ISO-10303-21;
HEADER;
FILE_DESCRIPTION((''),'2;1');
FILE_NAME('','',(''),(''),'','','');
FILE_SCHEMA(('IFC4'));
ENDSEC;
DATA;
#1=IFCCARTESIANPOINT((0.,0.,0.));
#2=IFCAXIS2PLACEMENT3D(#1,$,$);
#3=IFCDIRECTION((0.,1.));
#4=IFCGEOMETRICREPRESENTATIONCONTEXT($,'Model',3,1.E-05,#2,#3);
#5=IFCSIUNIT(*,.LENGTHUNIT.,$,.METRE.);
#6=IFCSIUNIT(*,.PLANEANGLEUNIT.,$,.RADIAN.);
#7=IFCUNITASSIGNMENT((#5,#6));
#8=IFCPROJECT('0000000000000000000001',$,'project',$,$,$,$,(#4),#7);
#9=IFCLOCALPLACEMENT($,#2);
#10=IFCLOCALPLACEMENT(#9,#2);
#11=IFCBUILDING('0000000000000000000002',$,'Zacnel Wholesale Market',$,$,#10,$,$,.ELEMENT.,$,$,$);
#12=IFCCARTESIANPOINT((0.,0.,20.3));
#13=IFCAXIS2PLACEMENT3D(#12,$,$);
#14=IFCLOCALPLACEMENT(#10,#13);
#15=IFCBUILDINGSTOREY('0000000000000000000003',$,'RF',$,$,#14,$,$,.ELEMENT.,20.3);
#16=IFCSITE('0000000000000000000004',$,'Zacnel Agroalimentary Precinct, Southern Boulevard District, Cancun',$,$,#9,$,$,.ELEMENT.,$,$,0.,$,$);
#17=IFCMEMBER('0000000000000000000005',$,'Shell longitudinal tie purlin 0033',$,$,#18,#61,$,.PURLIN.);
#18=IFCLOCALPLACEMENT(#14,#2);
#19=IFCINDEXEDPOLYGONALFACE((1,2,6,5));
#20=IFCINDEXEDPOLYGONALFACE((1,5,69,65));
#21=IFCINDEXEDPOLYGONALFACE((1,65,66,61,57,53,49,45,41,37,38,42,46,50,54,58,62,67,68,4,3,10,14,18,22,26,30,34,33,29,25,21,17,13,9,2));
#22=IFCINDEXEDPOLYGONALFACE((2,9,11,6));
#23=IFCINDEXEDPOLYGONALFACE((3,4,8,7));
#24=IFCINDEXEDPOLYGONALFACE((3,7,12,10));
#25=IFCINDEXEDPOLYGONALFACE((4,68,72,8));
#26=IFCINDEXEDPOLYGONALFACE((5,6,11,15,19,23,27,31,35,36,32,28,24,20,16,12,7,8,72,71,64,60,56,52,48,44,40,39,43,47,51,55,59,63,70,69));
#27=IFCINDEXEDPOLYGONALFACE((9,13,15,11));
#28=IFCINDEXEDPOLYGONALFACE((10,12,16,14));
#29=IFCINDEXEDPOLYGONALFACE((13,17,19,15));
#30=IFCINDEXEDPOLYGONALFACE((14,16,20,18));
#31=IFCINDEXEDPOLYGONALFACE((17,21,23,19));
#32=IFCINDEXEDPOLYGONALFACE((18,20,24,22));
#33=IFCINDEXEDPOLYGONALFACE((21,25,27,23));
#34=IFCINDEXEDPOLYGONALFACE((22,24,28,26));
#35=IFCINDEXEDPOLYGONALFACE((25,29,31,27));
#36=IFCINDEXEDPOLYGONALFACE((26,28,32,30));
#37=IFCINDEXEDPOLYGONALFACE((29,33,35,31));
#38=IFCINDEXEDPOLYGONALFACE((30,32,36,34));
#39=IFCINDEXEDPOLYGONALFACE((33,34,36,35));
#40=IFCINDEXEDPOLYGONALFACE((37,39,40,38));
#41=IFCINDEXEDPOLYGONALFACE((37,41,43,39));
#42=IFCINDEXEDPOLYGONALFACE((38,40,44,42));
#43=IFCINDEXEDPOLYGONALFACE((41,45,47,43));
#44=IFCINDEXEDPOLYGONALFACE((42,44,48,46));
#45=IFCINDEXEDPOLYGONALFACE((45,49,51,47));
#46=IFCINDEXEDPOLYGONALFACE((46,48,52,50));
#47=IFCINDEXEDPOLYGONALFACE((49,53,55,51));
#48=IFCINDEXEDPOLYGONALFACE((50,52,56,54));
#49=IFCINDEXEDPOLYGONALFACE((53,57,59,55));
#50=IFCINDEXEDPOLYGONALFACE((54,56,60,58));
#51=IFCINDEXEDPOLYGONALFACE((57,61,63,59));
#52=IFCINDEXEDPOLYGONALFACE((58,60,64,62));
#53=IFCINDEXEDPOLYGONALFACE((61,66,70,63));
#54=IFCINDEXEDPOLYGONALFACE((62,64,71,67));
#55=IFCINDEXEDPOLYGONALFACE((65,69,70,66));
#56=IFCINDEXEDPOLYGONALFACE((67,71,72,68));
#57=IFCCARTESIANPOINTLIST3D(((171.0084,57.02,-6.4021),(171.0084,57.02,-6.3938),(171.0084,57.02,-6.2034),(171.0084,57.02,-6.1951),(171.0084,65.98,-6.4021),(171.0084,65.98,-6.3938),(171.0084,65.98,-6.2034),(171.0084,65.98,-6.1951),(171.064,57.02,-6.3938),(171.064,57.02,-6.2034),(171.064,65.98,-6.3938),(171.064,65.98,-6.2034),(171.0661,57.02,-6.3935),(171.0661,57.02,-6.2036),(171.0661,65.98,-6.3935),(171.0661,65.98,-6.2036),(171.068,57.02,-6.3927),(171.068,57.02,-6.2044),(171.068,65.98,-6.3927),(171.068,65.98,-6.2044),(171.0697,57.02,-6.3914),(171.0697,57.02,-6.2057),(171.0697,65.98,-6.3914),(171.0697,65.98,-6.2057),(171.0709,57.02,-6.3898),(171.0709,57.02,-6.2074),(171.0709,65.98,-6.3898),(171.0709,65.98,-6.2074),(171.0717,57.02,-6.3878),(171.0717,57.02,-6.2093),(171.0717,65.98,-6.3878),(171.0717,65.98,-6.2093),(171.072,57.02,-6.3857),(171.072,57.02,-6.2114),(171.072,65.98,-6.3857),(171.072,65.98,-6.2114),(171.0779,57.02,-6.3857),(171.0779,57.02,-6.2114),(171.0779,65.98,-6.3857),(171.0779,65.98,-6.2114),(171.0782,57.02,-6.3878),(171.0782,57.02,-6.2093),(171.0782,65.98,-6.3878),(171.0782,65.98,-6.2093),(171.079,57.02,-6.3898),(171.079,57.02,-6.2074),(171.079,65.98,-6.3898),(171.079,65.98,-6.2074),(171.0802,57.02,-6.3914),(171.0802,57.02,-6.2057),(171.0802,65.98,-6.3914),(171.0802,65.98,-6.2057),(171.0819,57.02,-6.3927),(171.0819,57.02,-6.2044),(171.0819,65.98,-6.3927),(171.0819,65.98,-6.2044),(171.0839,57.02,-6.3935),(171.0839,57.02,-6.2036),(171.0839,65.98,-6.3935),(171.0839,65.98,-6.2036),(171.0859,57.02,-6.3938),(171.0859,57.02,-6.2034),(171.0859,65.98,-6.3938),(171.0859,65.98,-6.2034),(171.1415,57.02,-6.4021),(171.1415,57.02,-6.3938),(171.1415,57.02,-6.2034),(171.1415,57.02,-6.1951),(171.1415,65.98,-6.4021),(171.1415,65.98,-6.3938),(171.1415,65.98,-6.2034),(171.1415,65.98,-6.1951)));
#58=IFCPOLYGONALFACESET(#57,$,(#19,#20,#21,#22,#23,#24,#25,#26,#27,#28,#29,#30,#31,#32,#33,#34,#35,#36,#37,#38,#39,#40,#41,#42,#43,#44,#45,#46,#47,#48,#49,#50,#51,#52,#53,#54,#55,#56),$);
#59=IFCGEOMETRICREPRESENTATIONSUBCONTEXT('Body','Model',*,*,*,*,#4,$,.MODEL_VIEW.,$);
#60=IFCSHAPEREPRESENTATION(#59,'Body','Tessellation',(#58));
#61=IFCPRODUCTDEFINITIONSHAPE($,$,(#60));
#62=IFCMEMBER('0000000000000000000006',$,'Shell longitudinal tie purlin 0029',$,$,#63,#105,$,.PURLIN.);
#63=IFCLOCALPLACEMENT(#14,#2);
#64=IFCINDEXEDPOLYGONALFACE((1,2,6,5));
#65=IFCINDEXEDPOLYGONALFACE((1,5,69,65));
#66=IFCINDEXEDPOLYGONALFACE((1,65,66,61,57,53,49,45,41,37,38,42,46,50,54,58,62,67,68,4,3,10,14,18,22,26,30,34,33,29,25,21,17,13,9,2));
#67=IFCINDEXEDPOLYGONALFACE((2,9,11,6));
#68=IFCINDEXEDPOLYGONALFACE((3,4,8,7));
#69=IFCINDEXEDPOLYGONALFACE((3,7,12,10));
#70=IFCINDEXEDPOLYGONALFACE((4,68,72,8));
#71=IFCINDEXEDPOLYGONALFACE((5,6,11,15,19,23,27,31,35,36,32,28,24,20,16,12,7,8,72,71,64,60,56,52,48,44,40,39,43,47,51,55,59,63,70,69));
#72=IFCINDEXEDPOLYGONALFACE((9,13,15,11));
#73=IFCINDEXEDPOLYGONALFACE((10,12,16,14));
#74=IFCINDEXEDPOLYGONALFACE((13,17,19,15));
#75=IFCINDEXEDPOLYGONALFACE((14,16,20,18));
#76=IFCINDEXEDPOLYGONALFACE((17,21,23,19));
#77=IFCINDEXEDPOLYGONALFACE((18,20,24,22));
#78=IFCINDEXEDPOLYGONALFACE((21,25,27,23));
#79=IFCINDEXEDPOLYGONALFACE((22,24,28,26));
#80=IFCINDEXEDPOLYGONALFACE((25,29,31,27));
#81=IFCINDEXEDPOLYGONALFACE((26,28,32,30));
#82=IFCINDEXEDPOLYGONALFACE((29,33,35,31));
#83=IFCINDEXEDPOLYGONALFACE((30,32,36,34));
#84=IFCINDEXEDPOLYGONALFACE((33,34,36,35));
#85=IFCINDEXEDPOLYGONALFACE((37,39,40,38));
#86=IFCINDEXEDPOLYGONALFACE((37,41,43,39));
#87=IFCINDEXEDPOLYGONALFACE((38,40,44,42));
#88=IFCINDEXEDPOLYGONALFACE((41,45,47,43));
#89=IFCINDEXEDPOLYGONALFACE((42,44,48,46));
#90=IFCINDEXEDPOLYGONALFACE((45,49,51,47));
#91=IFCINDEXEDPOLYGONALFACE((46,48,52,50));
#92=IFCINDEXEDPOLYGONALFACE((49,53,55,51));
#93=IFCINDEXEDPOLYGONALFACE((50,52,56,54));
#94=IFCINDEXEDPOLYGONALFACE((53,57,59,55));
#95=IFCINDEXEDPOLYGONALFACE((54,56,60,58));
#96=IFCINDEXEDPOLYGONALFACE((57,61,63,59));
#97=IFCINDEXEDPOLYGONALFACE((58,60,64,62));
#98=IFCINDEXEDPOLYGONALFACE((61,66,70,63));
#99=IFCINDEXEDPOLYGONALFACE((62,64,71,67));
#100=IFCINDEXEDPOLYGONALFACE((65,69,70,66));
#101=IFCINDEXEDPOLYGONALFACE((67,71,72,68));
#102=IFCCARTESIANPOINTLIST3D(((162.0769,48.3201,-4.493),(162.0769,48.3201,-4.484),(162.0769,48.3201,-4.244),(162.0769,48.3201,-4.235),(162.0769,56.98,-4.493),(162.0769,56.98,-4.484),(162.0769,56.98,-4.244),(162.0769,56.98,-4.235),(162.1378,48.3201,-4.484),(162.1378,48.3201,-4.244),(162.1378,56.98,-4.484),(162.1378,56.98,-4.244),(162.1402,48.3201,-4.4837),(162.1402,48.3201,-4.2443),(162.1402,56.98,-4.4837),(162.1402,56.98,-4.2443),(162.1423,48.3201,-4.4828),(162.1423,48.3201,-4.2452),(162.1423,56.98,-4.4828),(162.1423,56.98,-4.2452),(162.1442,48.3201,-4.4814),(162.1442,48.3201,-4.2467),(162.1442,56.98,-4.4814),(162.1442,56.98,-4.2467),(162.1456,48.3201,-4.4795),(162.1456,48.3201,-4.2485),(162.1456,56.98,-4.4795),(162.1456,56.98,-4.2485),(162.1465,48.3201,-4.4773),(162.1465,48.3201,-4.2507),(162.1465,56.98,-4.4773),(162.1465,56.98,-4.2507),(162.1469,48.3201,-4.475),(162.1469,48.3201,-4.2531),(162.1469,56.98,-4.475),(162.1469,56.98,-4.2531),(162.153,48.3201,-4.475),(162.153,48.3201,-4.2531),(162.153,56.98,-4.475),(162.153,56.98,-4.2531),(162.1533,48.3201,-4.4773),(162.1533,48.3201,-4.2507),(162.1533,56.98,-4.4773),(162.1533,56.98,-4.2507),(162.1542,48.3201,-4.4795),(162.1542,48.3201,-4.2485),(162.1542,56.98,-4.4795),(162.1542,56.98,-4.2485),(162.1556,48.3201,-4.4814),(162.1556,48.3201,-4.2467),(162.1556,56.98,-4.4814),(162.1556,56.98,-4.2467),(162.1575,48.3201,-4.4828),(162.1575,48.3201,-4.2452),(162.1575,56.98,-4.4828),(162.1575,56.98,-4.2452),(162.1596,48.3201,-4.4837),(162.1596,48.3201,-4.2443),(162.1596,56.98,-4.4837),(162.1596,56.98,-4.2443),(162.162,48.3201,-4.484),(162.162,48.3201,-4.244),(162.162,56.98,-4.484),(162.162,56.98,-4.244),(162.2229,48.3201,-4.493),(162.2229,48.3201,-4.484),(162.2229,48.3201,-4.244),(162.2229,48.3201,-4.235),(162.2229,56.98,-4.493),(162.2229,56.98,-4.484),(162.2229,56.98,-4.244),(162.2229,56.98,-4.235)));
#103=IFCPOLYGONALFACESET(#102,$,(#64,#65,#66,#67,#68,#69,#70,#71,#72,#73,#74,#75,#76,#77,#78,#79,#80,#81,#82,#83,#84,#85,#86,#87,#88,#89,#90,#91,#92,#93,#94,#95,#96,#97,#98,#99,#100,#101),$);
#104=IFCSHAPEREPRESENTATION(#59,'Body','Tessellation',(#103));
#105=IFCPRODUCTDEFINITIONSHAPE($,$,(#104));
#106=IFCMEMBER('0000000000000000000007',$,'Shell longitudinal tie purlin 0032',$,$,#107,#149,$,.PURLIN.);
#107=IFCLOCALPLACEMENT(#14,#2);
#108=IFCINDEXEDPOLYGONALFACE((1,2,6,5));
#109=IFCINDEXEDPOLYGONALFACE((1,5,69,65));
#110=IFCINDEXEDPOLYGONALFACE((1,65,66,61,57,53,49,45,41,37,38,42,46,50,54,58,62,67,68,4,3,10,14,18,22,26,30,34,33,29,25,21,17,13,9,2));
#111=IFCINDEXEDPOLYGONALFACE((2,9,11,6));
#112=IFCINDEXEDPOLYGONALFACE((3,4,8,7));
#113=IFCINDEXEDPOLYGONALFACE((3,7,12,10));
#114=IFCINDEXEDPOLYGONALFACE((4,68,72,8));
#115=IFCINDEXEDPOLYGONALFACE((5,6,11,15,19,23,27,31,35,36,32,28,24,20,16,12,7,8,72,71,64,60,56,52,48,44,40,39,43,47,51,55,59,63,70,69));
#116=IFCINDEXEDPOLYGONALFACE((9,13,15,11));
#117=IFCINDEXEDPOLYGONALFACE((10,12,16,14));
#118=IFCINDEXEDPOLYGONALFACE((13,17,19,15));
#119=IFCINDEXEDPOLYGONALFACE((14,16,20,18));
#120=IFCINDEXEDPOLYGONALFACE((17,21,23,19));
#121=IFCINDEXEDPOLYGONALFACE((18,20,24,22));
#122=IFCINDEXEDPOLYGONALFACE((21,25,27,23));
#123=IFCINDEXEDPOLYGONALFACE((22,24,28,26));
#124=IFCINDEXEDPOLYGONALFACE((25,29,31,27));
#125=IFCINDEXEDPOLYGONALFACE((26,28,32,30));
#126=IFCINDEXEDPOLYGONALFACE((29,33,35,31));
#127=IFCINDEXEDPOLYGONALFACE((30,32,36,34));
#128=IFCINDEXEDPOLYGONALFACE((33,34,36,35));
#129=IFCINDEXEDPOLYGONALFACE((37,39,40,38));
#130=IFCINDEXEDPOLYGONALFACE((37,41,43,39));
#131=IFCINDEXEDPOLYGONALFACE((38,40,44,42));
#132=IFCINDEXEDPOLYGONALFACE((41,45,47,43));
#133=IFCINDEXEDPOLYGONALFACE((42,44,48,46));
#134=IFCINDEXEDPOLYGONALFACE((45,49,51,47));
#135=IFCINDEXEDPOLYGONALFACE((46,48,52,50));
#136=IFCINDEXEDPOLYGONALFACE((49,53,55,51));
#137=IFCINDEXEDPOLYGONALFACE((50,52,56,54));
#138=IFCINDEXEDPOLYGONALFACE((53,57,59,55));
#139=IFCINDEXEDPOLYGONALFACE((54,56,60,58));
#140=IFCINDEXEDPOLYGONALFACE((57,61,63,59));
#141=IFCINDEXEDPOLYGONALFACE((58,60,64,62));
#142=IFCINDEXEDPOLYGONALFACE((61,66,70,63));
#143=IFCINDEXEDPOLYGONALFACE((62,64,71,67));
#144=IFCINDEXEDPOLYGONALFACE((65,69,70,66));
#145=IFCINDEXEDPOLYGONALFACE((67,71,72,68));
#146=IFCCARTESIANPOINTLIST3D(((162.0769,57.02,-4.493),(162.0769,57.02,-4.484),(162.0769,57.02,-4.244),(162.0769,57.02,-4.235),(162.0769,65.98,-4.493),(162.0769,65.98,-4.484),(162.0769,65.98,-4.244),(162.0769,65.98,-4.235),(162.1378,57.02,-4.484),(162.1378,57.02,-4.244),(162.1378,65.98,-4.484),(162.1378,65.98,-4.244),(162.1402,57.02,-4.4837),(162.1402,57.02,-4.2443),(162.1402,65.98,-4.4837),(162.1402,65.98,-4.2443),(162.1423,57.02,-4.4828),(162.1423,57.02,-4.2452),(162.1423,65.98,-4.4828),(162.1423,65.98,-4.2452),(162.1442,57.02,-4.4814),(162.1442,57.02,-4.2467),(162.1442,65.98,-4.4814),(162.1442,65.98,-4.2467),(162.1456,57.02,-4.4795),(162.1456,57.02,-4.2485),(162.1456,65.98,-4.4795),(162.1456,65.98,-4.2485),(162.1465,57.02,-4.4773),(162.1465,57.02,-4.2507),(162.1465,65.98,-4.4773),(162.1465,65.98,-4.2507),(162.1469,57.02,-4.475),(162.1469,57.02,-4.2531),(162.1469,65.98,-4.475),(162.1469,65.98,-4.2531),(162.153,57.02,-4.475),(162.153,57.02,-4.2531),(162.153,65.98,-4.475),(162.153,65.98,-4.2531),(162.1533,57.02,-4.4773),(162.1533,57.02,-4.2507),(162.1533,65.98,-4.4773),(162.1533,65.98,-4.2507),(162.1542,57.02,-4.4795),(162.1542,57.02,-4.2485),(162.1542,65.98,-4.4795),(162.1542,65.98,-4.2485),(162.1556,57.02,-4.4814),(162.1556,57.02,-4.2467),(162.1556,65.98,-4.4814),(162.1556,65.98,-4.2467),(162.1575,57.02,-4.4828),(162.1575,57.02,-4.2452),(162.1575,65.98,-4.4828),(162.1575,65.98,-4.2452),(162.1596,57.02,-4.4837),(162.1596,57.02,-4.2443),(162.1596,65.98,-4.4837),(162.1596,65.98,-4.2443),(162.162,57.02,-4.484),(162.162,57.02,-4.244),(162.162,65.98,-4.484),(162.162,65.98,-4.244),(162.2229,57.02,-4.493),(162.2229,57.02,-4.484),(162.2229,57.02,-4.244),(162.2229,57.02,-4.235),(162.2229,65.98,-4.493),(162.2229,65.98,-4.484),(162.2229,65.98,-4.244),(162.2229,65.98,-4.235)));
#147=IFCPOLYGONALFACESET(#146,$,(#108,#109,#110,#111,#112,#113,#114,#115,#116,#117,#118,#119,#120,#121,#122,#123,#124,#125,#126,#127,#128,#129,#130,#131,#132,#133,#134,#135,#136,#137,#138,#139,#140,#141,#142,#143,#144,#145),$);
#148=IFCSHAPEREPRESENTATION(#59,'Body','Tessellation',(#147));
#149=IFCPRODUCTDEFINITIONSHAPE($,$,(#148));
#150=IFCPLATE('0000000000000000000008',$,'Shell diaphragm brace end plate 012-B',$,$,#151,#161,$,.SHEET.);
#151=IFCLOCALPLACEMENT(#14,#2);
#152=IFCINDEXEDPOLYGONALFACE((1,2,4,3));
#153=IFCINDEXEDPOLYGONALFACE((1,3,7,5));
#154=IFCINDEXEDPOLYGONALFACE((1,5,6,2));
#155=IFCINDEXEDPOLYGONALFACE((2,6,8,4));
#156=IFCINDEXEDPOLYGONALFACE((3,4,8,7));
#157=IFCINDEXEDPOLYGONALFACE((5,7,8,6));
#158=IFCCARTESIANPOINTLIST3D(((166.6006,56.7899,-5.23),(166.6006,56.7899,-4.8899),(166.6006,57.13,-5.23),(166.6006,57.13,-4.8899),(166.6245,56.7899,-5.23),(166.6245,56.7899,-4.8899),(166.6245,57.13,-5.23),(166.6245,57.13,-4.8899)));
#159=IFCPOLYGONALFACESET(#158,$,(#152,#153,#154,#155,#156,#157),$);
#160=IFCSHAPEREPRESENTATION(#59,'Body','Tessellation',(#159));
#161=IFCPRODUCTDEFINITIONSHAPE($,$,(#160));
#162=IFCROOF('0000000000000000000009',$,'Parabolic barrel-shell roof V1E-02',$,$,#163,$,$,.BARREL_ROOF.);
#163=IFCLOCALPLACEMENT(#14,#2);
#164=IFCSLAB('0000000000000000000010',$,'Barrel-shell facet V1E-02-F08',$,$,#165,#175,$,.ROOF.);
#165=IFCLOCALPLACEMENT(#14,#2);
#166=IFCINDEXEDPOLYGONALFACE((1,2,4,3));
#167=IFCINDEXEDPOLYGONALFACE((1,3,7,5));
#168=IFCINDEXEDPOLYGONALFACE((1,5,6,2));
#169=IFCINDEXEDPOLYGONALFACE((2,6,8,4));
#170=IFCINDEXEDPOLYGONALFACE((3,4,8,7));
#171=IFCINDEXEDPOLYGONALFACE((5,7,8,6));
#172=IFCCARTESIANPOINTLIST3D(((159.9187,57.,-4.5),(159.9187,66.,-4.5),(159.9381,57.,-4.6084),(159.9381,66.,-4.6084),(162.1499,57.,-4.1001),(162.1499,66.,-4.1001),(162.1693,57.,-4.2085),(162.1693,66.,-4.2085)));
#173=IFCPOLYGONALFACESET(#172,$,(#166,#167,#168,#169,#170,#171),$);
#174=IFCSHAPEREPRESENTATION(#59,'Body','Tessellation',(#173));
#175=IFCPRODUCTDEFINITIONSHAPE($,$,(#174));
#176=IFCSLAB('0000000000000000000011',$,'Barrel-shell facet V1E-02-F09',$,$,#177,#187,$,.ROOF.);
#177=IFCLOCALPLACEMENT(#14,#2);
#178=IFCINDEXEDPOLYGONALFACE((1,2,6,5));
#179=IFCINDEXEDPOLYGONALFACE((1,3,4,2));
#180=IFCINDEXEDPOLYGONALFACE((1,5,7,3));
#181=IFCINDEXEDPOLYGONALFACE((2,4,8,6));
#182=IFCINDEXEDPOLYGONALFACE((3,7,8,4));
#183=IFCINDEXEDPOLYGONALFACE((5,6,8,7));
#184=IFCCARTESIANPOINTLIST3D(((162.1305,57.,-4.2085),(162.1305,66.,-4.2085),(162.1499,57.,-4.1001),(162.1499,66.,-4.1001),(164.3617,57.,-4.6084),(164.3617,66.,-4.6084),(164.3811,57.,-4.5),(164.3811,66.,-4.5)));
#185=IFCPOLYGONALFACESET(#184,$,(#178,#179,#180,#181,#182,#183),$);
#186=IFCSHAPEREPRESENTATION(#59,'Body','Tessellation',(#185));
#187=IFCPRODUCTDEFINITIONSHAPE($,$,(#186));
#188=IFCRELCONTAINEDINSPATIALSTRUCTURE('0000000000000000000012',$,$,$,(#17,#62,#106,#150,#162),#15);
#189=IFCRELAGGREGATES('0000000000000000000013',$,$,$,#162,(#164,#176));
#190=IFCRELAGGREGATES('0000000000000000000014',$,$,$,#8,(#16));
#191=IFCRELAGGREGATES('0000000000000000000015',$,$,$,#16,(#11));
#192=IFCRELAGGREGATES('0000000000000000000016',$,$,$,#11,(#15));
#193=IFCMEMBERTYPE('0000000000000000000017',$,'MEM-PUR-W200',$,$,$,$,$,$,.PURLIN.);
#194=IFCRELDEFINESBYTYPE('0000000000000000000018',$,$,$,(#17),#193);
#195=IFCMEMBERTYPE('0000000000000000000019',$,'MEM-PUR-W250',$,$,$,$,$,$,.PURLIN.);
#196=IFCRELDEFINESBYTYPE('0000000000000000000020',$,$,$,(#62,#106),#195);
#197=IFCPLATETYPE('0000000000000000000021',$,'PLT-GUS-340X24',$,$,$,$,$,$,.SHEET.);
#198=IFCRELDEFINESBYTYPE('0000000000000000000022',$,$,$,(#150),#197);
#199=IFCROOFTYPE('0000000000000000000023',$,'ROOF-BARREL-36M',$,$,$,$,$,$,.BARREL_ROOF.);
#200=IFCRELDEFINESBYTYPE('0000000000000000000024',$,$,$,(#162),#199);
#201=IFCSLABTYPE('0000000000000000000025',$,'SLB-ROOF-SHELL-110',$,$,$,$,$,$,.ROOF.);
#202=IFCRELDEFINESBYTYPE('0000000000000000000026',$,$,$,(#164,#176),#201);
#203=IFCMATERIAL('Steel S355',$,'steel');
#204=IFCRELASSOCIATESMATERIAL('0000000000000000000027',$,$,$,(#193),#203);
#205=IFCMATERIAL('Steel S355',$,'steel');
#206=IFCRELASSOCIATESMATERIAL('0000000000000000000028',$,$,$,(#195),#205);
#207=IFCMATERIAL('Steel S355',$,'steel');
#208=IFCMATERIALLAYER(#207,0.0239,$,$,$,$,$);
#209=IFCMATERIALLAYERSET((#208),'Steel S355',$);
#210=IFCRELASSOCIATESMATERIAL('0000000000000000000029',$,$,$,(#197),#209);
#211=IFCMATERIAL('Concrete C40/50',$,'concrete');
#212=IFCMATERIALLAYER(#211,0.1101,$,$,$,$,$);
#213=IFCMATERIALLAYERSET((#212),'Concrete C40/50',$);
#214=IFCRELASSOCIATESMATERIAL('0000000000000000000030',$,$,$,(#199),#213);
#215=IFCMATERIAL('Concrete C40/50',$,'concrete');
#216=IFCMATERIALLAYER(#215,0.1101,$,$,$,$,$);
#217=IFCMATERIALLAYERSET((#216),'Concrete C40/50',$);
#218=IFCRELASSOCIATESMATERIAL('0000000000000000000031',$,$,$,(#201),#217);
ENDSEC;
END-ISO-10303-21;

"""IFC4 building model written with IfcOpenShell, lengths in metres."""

from ifc_helpers import new_model, si_unit, direction, frame, origin, origin_2d, place, context, subcontext, project, spatial, polyline, rectangle, i_section, outline, extrude, material, layer, layer_set, material_profile, profile_set, type_object, element, aggregate, save


model = new_model("IFC4")

# Units and contexts
model_context = context("Model", 3, precision=1e-05, world=origin(), true_north=direction((0.0, 1.0)))
body_context = subcontext(model_context, "Body", "Model", "MODEL_VIEW")
ifc_project = project(units=[si_unit("LENGTHUNIT", "METRE"), si_unit("PLANEANGLEUNIT", "RADIAN")], contexts=[model_context])

# Site, building, storey
site_placement = place(None, origin())
site = spatial("IfcSite", under=ifc_project, at=site_placement, Name="Zacnel Agroalimentary Precinct, Southern Boulevard District, Cancun", CompositionType="ELEMENT", RefElevation=0.0)
building_placement = place(site_placement, origin())
building = spatial("IfcBuilding", under=site, at=building_placement, Name="Zacnel Wholesale Market", CompositionType="ELEMENT")
storey_placement = place(building_placement, frame((0.0, 0.0, 20.3)))
storey = spatial("IfcBuildingStorey", under=building, at=storey_placement, Name="RF", CompositionType="ELEMENT", Elevation=20.3)

# Members
ifc_material_1 = material(Name="Steel S355", Category="steel")
ifc_material_profile_1 = material_profile(ifc_material_1, i_section(OverallWidth=0.1331, OverallDepth=0.207, WebThickness=0.0059, FlangeThickness=0.0083, FilletRadius=0.0081, at=origin_2d()), Name="W200X26.6")
ifc_profile_set_1 = profile_set([ifc_material_profile_1], Name="Steel S355")
member_type_1 = type_object("IfcMemberType", Name="MEM-PUR-W200", PredefinedType="PURLIN", material=ifc_profile_set_1)
member_1_placement = place(storey_placement, frame((171.075, 57.02, -6.2986), z_axis=(0.0, 1.0, 0.0), x_axis=(-1.0, 0.0, 0.0)))
element("IfcMember", 1, at=member_1_placement, inside=storey, type_object=member_type_1, Name="Shell longitudinal tie purlin 0033", PredefinedType="PURLIN", context=body_context, shape_type="SweptSolid", body=[
    extrude(i_section(OverallWidth=0.1331, OverallDepth=0.207, WebThickness=0.0059, FlangeThickness=0.0083, FilletRadius=0.0081, at=origin_2d()), origin(), (0.0, 0.0, 1.0), 8.96),
])
ifc_material_2 = material(Name="Steel S355", Category="steel")
ifc_material_profile_2 = material_profile(ifc_material_2, i_section(OverallWidth=0.146, OverallDepth=0.2581, WebThickness=0.0061, FlangeThickness=0.009, FilletRadius=0.009, at=origin_2d()), Name="W250X32.7")
ifc_profile_set_2 = profile_set([ifc_material_profile_2], Name="Steel S355")
member_type_2 = type_object("IfcMemberType", Name="MEM-PUR-W250", PredefinedType="PURLIN", material=ifc_profile_set_2)
member_2_placement = place(storey_placement, frame((162.1499, 48.3201, -4.364), z_axis=(0.0, 1.0, 0.0), x_axis=(-1.0, 0.0, 0.0)))
element("IfcMember", 2, at=member_2_placement, inside=storey, type_object=member_type_2, Name="Shell longitudinal tie purlin 0029", PredefinedType="PURLIN", context=body_context, shape_type="SweptSolid", body=[
    extrude(i_section(OverallWidth=0.146, OverallDepth=0.2581, WebThickness=0.0061, FlangeThickness=0.009, FilletRadius=0.009, at=origin_2d()), origin(), (0.0, 0.0, 1.0), 8.6599),
])
member_3_placement = place(storey_placement, frame((162.1499, 57.02, -4.364), z_axis=(0.0, 1.0, 0.0), x_axis=(-1.0, 0.0, 0.0)))
element("IfcMember", 3, at=member_3_placement, inside=storey, type_object=member_type_2, Name="Shell longitudinal tie purlin 0032", PredefinedType="PURLIN", context=body_context, shape_type="SweptSolid", body=[
    extrude(i_section(OverallWidth=0.146, OverallDepth=0.2581, WebThickness=0.0061, FlangeThickness=0.009, FilletRadius=0.009, at=origin_2d()), origin(), (0.0, 0.0, 1.0), 8.96),
])

# Plate
ifc_material_3 = material(Name="Steel S355", Category="steel")
ifc_layer_1 = layer(ifc_material_3, 0.0239)
ifc_layer_set_1 = layer_set([ifc_layer_1], Name="Steel S355")
plate_type = type_object("IfcPlateType", Name="PLT-GUS-340X24", PredefinedType="SHEET", material=ifc_layer_set_1)
plate_placement = place(storey_placement, frame((166.6125, 56.96, -5.23), z_axis=(0.0, 0.0, 1.0), x_axis=(0.0, 1.0, 0.0)))
element("IfcPlate", 4, at=plate_placement, inside=storey, type_object=plate_type, Name="Shell diaphragm brace end plate 012-B", PredefinedType="SHEET", context=body_context, shape_type="SweptSolid", body=[
    extrude(rectangle(XDim=0.3401, YDim=0.0239, at=origin_2d()), origin(), (0.0, 0.0, 1.0), 0.3401),
])

# Roof, slabs
ifc_material_4 = material(Name="Concrete C40/50", Category="concrete")
ifc_layer_2 = layer(ifc_material_4, 0.1101)
ifc_layer_set_2 = layer_set([ifc_layer_2], Name="Concrete C40/50")
roof_type = type_object("IfcRoofType", Name="ROOF-BARREL-36M", PredefinedType="BARREL_ROOF", material=ifc_layer_set_2)
roof_1_placement = place(storey_placement, origin())
roof_1 = element("IfcRoof", 5, at=roof_1_placement, inside=storey, type_object=roof_type, Name="Parabolic barrel-shell roof V1E-02", PredefinedType="BARREL_ROOF")
ifc_material_5 = material(Name="Concrete C40/50", Category="concrete")
ifc_layer_3 = layer(ifc_material_5, 0.1101)
ifc_layer_set_3 = layer_set([ifc_layer_3], Name="Concrete C40/50")
slab_type = type_object("IfcSlabType", Name="SLB-ROOF-SHELL-110", PredefinedType="ROOF", material=ifc_layer_set_3)
slab_1_placement = place(storey_placement, frame((159.9187, 57.0, -4.5), z_axis=(-0.176421, 0.0, 0.984315), x_axis=(0.0, 1.0, 0.0)))
slab_1 = element("IfcSlab", 6, at=slab_1_placement, type_object=slab_type, Name="Barrel-shell facet V1E-02-F08", PredefinedType="ROOF", context=body_context, shape_type="SweptSolid", body=[
    extrude(outline(polyline([(0.0, 0.0), (9.0, 0.0), (9.0, -2.2668), (0.0, -2.2668), (0.0, 0.0)])), origin(), (0.0, 0.0, -1.0), 0.1101),
])
slab_2_placement = place(storey_placement, frame((162.1499, 57.0, -4.1001), z_axis=(0.176421, 0.0, 0.984315), x_axis=(0.0, 1.0, 0.0)))
slab_2 = element("IfcSlab", 7, at=slab_2_placement, type_object=slab_type, Name="Barrel-shell facet V1E-02-F09", PredefinedType="ROOF", context=body_context, shape_type="SweptSolid", body=[
    extrude(outline(polyline([(0.0, 0.0), (9.0, 0.0), (9.0, -2.2668), (0.0, -2.2668), (0.0, 0.0)])), origin(), (0.0, 0.0, -1.0), 0.1101),
])
aggregate(roof_1, [slab_1, slab_2])

save(model, "model.ifc")
